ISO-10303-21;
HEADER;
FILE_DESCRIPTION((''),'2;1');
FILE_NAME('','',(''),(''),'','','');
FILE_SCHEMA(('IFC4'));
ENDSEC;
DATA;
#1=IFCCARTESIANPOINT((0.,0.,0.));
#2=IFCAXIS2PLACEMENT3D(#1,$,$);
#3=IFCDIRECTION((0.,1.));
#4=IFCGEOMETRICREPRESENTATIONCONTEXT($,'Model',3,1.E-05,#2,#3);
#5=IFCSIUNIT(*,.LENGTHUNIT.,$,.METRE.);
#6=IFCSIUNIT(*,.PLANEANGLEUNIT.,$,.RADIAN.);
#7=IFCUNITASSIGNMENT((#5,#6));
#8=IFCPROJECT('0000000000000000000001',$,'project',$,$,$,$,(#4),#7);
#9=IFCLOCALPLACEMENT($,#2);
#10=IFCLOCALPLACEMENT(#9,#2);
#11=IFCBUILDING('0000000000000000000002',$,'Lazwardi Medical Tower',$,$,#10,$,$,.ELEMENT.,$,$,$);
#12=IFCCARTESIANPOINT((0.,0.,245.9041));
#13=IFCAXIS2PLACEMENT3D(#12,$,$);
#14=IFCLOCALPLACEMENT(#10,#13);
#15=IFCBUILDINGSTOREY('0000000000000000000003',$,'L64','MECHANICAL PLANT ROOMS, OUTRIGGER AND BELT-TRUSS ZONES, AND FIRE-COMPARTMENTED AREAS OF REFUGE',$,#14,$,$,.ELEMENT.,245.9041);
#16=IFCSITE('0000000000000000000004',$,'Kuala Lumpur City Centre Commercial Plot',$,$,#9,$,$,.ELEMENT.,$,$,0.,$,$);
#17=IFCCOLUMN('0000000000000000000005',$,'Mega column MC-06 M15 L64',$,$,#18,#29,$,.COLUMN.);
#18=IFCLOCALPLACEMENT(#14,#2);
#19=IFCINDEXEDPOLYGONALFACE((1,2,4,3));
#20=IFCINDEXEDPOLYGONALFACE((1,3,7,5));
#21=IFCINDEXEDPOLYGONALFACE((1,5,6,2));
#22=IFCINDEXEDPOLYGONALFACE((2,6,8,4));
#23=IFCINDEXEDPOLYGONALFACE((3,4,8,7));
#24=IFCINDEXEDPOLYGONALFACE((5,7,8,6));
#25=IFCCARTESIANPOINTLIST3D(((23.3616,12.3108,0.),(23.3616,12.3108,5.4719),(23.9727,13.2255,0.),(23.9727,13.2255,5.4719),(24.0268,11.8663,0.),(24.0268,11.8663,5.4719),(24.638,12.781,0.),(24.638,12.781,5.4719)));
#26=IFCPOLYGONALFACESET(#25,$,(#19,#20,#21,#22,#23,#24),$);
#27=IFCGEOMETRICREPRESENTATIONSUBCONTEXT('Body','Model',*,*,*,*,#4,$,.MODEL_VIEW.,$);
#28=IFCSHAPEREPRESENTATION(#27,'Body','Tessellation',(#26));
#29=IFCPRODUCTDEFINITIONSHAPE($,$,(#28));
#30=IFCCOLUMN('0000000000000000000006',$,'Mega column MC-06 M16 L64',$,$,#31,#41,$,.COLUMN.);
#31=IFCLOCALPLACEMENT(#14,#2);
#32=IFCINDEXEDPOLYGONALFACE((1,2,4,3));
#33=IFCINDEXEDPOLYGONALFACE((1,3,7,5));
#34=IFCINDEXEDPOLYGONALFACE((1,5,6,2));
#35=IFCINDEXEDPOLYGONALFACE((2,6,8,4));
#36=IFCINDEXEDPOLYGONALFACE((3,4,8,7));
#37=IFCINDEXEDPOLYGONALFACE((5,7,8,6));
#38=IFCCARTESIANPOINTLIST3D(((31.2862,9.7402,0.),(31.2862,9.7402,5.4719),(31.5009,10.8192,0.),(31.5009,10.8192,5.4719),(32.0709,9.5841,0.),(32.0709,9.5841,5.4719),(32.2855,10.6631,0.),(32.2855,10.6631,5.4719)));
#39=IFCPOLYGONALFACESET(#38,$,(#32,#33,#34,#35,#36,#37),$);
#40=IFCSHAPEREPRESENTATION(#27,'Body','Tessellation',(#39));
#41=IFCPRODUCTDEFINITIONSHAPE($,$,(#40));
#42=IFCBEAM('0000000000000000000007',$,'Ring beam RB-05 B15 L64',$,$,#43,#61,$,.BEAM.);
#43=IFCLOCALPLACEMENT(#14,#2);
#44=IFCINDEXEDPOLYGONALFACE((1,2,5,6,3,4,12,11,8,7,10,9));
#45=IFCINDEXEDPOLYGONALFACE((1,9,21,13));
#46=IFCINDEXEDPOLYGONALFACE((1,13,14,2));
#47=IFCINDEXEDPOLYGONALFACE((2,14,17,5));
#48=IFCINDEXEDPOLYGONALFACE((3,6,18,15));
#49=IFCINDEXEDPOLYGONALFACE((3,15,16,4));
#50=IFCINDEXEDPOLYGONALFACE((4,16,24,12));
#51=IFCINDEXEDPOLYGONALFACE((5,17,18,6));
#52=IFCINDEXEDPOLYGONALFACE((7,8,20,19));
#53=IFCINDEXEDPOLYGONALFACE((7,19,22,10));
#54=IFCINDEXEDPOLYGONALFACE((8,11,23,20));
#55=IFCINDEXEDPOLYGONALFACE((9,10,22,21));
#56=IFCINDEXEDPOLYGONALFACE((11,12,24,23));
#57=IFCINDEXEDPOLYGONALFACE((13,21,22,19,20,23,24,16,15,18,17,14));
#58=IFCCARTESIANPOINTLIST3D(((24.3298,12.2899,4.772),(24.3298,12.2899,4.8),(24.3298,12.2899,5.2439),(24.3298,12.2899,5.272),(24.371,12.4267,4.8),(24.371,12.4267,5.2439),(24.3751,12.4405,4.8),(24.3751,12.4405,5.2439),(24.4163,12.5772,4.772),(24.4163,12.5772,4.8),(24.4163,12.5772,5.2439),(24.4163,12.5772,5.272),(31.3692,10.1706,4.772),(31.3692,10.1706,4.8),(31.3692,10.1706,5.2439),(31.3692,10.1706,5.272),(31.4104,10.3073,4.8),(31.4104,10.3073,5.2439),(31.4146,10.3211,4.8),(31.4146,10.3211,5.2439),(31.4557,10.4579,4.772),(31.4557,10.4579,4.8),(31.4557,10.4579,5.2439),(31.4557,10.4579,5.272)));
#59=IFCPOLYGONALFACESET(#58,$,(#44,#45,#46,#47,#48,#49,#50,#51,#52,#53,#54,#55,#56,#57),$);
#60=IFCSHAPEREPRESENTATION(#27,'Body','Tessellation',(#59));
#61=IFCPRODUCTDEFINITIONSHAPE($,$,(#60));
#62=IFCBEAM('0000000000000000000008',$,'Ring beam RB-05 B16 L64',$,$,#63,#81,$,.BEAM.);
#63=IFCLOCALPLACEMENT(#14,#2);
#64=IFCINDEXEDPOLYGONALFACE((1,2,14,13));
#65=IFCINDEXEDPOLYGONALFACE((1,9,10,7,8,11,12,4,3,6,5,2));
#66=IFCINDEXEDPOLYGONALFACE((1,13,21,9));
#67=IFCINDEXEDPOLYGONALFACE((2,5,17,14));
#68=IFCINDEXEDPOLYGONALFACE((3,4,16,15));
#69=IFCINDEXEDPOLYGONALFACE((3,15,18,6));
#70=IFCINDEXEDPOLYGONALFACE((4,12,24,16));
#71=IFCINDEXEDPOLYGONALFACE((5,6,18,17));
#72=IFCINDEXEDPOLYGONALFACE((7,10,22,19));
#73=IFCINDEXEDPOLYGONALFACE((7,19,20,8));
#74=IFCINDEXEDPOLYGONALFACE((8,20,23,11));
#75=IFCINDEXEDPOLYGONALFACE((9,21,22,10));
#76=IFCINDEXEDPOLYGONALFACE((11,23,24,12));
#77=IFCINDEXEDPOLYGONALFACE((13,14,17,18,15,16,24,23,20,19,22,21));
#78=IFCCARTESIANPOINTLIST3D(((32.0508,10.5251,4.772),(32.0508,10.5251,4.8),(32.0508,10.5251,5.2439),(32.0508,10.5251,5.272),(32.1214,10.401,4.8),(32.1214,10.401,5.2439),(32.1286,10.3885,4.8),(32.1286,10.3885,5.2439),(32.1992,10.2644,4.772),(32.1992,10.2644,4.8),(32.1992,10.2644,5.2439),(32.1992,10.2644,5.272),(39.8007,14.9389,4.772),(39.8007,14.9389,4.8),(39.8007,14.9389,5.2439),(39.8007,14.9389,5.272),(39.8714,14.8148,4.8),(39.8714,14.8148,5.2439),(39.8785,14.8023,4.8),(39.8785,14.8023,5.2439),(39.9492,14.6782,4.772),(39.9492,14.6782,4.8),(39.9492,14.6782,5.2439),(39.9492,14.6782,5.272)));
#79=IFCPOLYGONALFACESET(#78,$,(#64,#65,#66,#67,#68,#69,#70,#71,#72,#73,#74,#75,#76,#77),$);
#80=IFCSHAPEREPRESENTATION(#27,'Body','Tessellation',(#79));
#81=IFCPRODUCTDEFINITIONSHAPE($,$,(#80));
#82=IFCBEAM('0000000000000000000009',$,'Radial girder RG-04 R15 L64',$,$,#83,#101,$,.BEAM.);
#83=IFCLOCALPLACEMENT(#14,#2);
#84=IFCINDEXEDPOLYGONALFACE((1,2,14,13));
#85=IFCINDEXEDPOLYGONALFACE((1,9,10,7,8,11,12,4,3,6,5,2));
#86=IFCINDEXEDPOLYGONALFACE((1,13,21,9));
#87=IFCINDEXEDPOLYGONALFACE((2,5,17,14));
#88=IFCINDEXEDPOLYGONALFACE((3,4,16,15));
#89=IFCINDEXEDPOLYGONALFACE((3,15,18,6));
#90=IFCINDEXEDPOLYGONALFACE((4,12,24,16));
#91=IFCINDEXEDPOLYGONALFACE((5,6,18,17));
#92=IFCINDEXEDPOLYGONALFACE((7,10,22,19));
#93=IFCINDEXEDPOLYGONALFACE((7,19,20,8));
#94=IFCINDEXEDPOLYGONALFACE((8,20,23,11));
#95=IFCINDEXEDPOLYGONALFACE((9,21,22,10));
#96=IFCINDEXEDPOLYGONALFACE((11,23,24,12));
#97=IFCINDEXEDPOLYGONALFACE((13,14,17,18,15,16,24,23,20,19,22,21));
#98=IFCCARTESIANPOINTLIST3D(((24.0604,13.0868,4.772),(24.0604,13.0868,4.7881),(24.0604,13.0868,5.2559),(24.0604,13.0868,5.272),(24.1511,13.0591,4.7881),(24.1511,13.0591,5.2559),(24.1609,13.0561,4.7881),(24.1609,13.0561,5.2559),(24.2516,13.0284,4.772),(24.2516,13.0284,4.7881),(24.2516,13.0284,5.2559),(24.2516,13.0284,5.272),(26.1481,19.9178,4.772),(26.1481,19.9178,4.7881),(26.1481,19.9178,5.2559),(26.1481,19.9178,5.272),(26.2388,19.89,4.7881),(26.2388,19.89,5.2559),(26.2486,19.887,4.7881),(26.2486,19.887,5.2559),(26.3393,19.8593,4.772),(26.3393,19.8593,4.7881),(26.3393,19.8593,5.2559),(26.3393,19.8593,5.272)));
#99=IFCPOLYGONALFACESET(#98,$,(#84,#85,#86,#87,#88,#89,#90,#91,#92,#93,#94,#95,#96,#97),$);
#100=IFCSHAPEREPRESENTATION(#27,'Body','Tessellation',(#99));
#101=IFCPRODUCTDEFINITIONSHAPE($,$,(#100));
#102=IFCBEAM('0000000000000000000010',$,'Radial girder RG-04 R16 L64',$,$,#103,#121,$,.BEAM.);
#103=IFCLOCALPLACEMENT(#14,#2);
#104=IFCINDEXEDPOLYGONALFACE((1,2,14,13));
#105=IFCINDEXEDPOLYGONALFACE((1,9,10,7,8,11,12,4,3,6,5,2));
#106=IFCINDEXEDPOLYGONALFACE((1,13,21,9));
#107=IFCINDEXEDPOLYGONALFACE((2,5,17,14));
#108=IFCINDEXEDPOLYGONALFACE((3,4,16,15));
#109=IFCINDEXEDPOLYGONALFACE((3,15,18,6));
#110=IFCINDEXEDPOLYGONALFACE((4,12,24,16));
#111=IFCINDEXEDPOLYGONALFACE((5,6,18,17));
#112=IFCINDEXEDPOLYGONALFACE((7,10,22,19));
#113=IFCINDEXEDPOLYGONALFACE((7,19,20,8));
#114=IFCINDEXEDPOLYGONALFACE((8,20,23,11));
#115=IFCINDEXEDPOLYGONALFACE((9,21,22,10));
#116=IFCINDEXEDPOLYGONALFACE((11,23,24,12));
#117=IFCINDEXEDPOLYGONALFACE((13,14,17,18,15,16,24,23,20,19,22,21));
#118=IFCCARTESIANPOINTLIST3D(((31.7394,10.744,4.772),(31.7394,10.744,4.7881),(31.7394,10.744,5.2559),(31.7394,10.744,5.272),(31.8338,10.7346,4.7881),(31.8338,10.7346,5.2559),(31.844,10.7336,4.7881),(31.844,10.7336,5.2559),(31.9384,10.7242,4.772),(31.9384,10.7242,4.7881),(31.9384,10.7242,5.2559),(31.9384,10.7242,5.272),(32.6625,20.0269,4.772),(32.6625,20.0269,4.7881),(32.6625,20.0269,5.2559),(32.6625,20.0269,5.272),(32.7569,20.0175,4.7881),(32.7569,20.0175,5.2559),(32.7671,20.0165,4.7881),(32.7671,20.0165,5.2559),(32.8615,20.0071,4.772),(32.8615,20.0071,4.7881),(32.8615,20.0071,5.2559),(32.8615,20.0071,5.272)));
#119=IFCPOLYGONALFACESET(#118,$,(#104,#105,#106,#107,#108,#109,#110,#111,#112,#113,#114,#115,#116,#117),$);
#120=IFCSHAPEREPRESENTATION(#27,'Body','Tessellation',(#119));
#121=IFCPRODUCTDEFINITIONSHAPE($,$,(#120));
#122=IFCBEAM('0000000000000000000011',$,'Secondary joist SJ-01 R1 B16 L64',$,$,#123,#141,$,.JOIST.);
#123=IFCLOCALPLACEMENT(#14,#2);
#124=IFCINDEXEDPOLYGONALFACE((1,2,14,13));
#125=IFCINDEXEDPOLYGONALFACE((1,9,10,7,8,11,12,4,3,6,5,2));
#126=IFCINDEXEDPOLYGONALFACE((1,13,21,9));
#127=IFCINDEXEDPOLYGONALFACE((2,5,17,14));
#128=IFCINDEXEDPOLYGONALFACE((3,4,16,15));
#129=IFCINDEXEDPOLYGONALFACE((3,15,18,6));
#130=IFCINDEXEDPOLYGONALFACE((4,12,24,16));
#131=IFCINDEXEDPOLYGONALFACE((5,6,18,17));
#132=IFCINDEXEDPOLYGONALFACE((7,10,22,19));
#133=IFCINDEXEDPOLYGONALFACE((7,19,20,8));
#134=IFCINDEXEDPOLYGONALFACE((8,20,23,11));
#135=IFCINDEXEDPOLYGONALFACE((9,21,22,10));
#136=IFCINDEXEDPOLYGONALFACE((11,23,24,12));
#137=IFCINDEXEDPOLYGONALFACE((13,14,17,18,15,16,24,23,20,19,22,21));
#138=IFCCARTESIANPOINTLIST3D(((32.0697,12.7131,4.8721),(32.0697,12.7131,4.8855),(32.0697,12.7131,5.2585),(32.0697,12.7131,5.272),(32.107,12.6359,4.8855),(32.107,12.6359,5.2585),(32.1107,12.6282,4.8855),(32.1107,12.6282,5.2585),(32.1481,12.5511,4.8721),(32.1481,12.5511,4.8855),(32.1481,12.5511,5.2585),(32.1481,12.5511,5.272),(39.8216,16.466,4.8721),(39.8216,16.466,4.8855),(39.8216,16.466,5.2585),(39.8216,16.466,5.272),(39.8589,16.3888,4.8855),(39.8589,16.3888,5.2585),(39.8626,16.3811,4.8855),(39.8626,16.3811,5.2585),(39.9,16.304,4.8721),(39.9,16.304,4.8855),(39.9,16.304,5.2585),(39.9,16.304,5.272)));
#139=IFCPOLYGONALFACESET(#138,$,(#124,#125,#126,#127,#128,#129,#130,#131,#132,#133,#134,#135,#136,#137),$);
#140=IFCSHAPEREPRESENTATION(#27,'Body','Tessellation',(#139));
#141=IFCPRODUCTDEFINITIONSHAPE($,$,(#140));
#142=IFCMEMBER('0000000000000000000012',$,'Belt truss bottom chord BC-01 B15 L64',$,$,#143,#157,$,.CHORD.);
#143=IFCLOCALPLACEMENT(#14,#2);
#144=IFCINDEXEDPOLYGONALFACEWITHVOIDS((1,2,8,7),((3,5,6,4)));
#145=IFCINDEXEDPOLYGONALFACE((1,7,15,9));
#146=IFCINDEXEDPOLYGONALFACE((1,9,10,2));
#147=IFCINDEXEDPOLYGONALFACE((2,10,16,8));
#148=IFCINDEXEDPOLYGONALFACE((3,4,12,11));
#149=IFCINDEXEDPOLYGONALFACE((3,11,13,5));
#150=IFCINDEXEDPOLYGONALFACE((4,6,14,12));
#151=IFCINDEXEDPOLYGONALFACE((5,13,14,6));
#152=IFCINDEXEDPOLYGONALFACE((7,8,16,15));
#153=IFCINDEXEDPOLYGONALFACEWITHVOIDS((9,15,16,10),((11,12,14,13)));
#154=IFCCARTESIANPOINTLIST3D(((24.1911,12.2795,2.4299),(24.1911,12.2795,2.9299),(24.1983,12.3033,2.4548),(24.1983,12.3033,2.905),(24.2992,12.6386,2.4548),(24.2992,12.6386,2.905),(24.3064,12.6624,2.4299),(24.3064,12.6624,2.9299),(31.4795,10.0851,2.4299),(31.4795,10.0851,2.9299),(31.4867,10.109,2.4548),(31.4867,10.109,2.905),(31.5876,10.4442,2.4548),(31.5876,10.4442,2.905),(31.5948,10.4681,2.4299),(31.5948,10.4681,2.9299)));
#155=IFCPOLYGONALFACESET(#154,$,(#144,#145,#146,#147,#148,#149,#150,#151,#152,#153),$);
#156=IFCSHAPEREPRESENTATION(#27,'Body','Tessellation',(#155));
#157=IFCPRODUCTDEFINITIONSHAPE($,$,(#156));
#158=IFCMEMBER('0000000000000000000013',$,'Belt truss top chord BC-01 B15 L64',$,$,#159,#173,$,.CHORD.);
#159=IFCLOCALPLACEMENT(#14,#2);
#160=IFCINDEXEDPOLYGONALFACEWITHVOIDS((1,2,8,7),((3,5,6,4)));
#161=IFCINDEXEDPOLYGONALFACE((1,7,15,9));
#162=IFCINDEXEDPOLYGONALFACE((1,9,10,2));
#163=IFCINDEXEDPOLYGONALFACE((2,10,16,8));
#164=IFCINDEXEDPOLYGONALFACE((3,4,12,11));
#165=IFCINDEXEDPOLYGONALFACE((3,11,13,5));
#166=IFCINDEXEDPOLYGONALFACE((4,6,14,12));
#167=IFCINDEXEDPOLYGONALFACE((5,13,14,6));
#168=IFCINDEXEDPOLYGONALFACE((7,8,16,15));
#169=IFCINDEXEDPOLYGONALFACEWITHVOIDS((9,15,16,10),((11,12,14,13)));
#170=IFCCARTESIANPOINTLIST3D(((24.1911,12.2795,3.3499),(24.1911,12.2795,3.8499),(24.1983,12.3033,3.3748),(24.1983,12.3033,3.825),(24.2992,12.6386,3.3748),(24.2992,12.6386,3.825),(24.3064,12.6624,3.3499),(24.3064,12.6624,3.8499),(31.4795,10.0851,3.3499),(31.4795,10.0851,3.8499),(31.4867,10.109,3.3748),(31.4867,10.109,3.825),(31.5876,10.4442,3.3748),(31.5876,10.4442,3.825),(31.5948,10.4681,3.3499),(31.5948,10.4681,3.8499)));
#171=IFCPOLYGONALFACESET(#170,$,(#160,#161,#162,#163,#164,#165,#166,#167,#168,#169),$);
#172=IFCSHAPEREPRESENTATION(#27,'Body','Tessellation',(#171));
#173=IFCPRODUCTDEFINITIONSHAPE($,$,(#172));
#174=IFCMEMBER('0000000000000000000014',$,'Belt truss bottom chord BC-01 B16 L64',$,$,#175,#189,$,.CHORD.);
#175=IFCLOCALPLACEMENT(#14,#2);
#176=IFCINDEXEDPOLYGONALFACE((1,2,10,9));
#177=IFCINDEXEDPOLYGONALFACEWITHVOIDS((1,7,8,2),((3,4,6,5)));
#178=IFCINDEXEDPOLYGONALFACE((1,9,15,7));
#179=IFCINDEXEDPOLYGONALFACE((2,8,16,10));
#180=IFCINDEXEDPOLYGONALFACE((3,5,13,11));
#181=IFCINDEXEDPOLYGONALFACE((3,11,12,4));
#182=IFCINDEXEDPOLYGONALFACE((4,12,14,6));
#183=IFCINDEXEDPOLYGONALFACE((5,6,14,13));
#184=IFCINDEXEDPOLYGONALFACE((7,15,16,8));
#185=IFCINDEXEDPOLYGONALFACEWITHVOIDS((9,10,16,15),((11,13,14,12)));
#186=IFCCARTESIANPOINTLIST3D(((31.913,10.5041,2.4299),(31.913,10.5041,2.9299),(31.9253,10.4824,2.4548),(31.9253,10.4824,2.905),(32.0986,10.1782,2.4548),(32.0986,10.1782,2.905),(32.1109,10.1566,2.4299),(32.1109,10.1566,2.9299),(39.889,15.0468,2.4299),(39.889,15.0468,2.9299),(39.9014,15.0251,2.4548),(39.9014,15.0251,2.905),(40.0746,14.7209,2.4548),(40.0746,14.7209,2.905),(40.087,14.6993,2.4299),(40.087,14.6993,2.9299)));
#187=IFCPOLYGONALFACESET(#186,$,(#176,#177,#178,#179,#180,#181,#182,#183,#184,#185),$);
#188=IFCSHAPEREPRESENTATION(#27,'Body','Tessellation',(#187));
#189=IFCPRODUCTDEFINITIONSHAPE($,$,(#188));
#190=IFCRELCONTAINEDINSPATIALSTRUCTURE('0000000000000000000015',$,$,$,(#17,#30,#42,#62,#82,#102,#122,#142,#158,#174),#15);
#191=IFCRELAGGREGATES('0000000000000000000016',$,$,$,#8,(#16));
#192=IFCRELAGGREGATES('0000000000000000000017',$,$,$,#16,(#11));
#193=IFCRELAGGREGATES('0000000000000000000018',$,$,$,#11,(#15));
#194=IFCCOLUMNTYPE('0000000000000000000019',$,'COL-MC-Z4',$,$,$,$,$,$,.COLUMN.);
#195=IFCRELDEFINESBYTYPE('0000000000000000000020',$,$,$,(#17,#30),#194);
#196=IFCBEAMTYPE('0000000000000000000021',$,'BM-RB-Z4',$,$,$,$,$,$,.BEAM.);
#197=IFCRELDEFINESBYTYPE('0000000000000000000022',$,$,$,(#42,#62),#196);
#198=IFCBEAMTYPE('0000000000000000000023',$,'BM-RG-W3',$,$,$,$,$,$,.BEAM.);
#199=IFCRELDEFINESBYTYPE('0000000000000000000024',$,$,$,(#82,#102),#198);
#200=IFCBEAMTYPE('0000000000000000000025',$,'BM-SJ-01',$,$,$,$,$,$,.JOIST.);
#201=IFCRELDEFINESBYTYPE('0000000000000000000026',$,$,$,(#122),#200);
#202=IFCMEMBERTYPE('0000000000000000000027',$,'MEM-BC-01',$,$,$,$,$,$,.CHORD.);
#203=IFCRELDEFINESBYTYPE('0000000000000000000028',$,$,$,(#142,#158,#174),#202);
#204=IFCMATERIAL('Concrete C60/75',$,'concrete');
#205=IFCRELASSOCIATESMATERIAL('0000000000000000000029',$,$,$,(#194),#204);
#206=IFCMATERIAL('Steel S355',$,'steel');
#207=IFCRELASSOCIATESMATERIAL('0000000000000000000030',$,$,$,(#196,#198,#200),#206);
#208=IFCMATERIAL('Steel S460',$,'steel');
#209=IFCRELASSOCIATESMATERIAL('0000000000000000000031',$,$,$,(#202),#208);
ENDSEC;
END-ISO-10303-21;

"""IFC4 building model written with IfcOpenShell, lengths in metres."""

from ifc_helpers import new_model, si_unit, direction, frame, origin, origin_2d, place, context, subcontext, project, spatial, rectangle, hollow_rectangle, i_section, extrude, material, material_profile, profile_set, type_object, element, save


model = new_model("IFC4")

# Units and contexts
model_context = context("Model", 3, precision=1e-05, world=origin(), true_north=direction((0.0, 1.0)))
body_context = subcontext(model_context, "Body", "Model", "MODEL_VIEW")
ifc_project = project(units=[si_unit("LENGTHUNIT", "METRE"), si_unit("PLANEANGLEUNIT", "RADIAN")], contexts=[model_context])

# Site, building, storey
site_placement = place(None, origin())
site = spatial("IfcSite", under=ifc_project, at=site_placement, Name="Kuala Lumpur City Centre Commercial Plot", CompositionType="ELEMENT", RefElevation=0.0)
building_placement = place(site_placement, origin())
building = spatial("IfcBuilding", under=site, at=building_placement, Name="Lazwardi Medical Tower", CompositionType="ELEMENT")
storey_placement = place(building_placement, frame((0.0, 0.0, 245.9041)))
storey = spatial("IfcBuildingStorey", under=building, at=storey_placement, Name="L64", Description="MECHANICAL PLANT ROOMS, OUTRIGGER AND BELT-TRUSS ZONES, AND FIRE-COMPARTMENTED AREAS OF REFUGE", CompositionType="ELEMENT", Elevation=245.9041)

# Columns
ifc_material_1 = material(Name="Concrete C60/75", Category="concrete")
ifc_material_profile_1 = material_profile(ifc_material_1, rectangle(XDim=1.1001, YDim=0.8, at=origin_2d()), Name="CFT-RECT 1100x800")
ifc_profile_set_1 = profile_set([ifc_material_profile_1], Name="Concrete C60/75")
column_type = type_object("IfcColumnType", Name="COL-MC-Z4", PredefinedType="COLUMN", material=ifc_profile_set_1)
for number, where, z_axis, x_axis, name in (
    (1, (23.9998, 12.5459, 0.0), (0.0, 0.0, 1.0), (-0.55557, -0.83147, 0.0), "Mega column MC-06 M15 L64"),
    (2, (31.7859, 10.2017, 0.0), (0.0, 0.0, 1.0), (-0.19509, -0.980785, 0.0), "Mega column MC-06 M16 L64"),
):
    element("IfcColumn", number, at=place(storey_placement, frame(where, z_axis=z_axis, x_axis=x_axis)), inside=storey, type_object=column_type, Name=name, PredefinedType="COLUMN", context=body_context, shape_type="SweptSolid", body=[
        extrude(rectangle(XDim=1.1001, YDim=0.8, at=origin_2d()), origin(), (0.0, 0.0, 1.0), 5.4719),
    ])

# Beams
ifc_material_2 = material(Name="Steel S355", Category="steel")
ifc_material_profile_2 = material_profile(ifc_material_2, i_section(OverallWidth=0.3, OverallDepth=0.5, WebThickness=0.0144, FlangeThickness=0.0281, at=origin_2d()), Name="HEB 500")
ifc_profile_set_2 = profile_set([ifc_material_profile_2], Name="Steel S355")
beam_type_1 = type_object("IfcBeamType", Name="BM-RB-Z4", PredefinedType="BEAM", material=ifc_profile_set_2)
beam_1_placement = place(storey_placement, frame((24.373, 12.4336, 5.022), z_axis=(0.957544, -0.288286, 0.0), x_axis=(0.288286, 0.957544, 0.0)))
element("IfcBeam", 3, at=beam_1_placement, inside=storey, type_object=beam_type_1, Name="Ring beam RB-05 B15 L64", PredefinedType="BEAM", context=body_context, shape_type="SweptSolid", body=[
    extrude(i_section(OverallWidth=0.3, OverallDepth=0.5, WebThickness=0.0144, FlangeThickness=0.0281, at=origin_2d()), origin(), (0.0, 0.0, 1.0), 7.3516),
])
beam_2_placement = place(storey_placement, frame((32.125, 10.3948, 5.022), z_axis=(0.868955, 0.494891, 0.0), x_axis=(-0.494891, 0.868955, 0.0)))
element("IfcBeam", 4, at=beam_2_placement, inside=storey, type_object=beam_type_1, Name="Ring beam RB-05 B16 L64", PredefinedType="BEAM", context=body_context, shape_type="SweptSolid", body=[
    extrude(i_section(OverallWidth=0.3, OverallDepth=0.5, WebThickness=0.0144, FlangeThickness=0.0281, at=origin_2d()), origin(), (0.0, 0.0, 1.0), 8.9187),
])
ifc_material_profile_3 = material_profile(ifc_material_2, i_section(OverallWidth=0.2, OverallDepth=0.5, WebThickness=0.0103, FlangeThickness=0.0161, at=origin_2d()), Name="IPE 500")
ifc_profile_set_3 = profile_set([ifc_material_profile_3], Name="Steel S355")
beam_type_2 = type_object("IfcBeamType", Name="BM-RG-W3", PredefinedType="BEAM", material=ifc_profile_set_3)
beam_3_placement = place(storey_placement, frame((24.156, 13.0576, 5.022), z_axis=(0.292277, 0.956334, 0.0), x_axis=(-0.956334, 0.292277, 0.0)))
element("IfcBeam", 5, at=beam_3_placement, inside=storey, type_object=beam_type_2, Name="Radial girder RG-04 R15 L64", PredefinedType="BEAM", context=body_context, shape_type="SweptSolid", body=[
    extrude(i_section(OverallWidth=0.2, OverallDepth=0.5, WebThickness=0.0103, FlangeThickness=0.0161, at=origin_2d()), origin(), (0.0, 0.0, 1.0), 7.1428),
])
beam_4_placement = place(storey_placement, frame((31.8389, 10.7341, 5.022), z_axis=(0.098954, 0.995092, 0.0), x_axis=(-0.995092, 0.098954, 0.0)))
element("IfcBeam", 6, at=beam_4_placement, inside=storey, type_object=beam_type_2, Name="Radial girder RG-04 R16 L64", PredefinedType="BEAM", context=body_context, shape_type="SweptSolid", body=[
    extrude(i_section(OverallWidth=0.2, OverallDepth=0.5, WebThickness=0.0103, FlangeThickness=0.0161, at=origin_2d()), origin(), (0.0, 0.0, 1.0), 9.3286),
])
ifc_material_profile_4 = material_profile(ifc_material_2, i_section(OverallWidth=0.1799, OverallDepth=0.3999, WebThickness=0.0085, FlangeThickness=0.0134, at=origin_2d()), Name="IPE 400")
ifc_profile_set_4 = profile_set([ifc_material_profile_4], Name="Steel S355")
beam_type_3 = type_object("IfcBeamType", Name="BM-SJ-01", PredefinedType="JOIST", material=ifc_profile_set_4)
beam_5_placement = place(storey_placement, frame((32.1089, 12.6321, 5.072), z_axis=(0.900069, 0.435748, 0.0), x_axis=(-0.435748, 0.900069, 0.0)))
element("IfcBeam", 7, at=beam_5_placement, inside=storey, type_object=beam_type_3, Name="Secondary joist SJ-01 R1 B16 L64", PredefinedType="JOIST", context=body_context, shape_type="SweptSolid", body=[
    extrude(i_section(OverallWidth=0.1799, OverallDepth=0.3999, WebThickness=0.0085, FlangeThickness=0.0134, at=origin_2d()), origin(), (0.0, 0.0, 1.0), 8.6125),
])

# Members
ifc_material_3 = material(Name="Steel S460", Category="steel")
ifc_material_profile_5 = material_profile(ifc_material_3, hollow_rectangle(XDim=0.3999, YDim=0.5, WallThickness=0.0249, at=origin_2d()), Name="RHS 500x400x25")
ifc_profile_set_5 = profile_set([ifc_material_profile_5], Name="Steel S460")
member_type_1 = type_object("IfcMemberType", Name="MEM-BC-01", PredefinedType="CHORD", material=ifc_profile_set_5)
for number, where, z_axis, x_axis, name in (
    (8, (24.2488, 12.4709, 2.6799), (0.957542, -0.288292, 0.0), (0.288292, 0.957542, 0.0), "Belt truss bottom chord BC-01 B15 L64"),
    (9, (24.2488, 12.4709, 3.5999), (0.957542, -0.288292, 0.0), (0.288292, 0.957542, 0.0), "Belt truss top chord BC-01 B15 L64"),
):
    element("IfcMember", number, at=place(storey_placement, frame(where, z_axis=z_axis, x_axis=x_axis)), inside=storey, type_object=member_type_1, Name=name, PredefinedType="CHORD", context=body_context, shape_type="SweptSolid", body=[
        extrude(hollow_rectangle(XDim=0.3999, YDim=0.5, WallThickness=0.0249, at=origin_2d()), origin(), (0.0, 0.0, 1.0), 7.6116),
    ])
for number, where, z_axis, x_axis, name in (
    (10, (32.012, 10.3303, 2.6799), (0.868948, 0.494904, 0.0), (-0.494904, 0.868948, 0.0), "Belt truss bottom chord BC-01 B16 L64"),
):
    element("IfcMember", number, at=place(storey_placement, frame(where, z_axis=z_axis, x_axis=x_axis)), inside=storey, type_object=member_type_1, Name=name, PredefinedType="CHORD", context=body_context, shape_type="SweptSolid", body=[
        extrude(hollow_rectangle(XDim=0.3999, YDim=0.5, WallThickness=0.0249, at=origin_2d()), origin(), (0.0, 0.0, 1.0), 9.179),
    ])

save(model, "model.ifc")
